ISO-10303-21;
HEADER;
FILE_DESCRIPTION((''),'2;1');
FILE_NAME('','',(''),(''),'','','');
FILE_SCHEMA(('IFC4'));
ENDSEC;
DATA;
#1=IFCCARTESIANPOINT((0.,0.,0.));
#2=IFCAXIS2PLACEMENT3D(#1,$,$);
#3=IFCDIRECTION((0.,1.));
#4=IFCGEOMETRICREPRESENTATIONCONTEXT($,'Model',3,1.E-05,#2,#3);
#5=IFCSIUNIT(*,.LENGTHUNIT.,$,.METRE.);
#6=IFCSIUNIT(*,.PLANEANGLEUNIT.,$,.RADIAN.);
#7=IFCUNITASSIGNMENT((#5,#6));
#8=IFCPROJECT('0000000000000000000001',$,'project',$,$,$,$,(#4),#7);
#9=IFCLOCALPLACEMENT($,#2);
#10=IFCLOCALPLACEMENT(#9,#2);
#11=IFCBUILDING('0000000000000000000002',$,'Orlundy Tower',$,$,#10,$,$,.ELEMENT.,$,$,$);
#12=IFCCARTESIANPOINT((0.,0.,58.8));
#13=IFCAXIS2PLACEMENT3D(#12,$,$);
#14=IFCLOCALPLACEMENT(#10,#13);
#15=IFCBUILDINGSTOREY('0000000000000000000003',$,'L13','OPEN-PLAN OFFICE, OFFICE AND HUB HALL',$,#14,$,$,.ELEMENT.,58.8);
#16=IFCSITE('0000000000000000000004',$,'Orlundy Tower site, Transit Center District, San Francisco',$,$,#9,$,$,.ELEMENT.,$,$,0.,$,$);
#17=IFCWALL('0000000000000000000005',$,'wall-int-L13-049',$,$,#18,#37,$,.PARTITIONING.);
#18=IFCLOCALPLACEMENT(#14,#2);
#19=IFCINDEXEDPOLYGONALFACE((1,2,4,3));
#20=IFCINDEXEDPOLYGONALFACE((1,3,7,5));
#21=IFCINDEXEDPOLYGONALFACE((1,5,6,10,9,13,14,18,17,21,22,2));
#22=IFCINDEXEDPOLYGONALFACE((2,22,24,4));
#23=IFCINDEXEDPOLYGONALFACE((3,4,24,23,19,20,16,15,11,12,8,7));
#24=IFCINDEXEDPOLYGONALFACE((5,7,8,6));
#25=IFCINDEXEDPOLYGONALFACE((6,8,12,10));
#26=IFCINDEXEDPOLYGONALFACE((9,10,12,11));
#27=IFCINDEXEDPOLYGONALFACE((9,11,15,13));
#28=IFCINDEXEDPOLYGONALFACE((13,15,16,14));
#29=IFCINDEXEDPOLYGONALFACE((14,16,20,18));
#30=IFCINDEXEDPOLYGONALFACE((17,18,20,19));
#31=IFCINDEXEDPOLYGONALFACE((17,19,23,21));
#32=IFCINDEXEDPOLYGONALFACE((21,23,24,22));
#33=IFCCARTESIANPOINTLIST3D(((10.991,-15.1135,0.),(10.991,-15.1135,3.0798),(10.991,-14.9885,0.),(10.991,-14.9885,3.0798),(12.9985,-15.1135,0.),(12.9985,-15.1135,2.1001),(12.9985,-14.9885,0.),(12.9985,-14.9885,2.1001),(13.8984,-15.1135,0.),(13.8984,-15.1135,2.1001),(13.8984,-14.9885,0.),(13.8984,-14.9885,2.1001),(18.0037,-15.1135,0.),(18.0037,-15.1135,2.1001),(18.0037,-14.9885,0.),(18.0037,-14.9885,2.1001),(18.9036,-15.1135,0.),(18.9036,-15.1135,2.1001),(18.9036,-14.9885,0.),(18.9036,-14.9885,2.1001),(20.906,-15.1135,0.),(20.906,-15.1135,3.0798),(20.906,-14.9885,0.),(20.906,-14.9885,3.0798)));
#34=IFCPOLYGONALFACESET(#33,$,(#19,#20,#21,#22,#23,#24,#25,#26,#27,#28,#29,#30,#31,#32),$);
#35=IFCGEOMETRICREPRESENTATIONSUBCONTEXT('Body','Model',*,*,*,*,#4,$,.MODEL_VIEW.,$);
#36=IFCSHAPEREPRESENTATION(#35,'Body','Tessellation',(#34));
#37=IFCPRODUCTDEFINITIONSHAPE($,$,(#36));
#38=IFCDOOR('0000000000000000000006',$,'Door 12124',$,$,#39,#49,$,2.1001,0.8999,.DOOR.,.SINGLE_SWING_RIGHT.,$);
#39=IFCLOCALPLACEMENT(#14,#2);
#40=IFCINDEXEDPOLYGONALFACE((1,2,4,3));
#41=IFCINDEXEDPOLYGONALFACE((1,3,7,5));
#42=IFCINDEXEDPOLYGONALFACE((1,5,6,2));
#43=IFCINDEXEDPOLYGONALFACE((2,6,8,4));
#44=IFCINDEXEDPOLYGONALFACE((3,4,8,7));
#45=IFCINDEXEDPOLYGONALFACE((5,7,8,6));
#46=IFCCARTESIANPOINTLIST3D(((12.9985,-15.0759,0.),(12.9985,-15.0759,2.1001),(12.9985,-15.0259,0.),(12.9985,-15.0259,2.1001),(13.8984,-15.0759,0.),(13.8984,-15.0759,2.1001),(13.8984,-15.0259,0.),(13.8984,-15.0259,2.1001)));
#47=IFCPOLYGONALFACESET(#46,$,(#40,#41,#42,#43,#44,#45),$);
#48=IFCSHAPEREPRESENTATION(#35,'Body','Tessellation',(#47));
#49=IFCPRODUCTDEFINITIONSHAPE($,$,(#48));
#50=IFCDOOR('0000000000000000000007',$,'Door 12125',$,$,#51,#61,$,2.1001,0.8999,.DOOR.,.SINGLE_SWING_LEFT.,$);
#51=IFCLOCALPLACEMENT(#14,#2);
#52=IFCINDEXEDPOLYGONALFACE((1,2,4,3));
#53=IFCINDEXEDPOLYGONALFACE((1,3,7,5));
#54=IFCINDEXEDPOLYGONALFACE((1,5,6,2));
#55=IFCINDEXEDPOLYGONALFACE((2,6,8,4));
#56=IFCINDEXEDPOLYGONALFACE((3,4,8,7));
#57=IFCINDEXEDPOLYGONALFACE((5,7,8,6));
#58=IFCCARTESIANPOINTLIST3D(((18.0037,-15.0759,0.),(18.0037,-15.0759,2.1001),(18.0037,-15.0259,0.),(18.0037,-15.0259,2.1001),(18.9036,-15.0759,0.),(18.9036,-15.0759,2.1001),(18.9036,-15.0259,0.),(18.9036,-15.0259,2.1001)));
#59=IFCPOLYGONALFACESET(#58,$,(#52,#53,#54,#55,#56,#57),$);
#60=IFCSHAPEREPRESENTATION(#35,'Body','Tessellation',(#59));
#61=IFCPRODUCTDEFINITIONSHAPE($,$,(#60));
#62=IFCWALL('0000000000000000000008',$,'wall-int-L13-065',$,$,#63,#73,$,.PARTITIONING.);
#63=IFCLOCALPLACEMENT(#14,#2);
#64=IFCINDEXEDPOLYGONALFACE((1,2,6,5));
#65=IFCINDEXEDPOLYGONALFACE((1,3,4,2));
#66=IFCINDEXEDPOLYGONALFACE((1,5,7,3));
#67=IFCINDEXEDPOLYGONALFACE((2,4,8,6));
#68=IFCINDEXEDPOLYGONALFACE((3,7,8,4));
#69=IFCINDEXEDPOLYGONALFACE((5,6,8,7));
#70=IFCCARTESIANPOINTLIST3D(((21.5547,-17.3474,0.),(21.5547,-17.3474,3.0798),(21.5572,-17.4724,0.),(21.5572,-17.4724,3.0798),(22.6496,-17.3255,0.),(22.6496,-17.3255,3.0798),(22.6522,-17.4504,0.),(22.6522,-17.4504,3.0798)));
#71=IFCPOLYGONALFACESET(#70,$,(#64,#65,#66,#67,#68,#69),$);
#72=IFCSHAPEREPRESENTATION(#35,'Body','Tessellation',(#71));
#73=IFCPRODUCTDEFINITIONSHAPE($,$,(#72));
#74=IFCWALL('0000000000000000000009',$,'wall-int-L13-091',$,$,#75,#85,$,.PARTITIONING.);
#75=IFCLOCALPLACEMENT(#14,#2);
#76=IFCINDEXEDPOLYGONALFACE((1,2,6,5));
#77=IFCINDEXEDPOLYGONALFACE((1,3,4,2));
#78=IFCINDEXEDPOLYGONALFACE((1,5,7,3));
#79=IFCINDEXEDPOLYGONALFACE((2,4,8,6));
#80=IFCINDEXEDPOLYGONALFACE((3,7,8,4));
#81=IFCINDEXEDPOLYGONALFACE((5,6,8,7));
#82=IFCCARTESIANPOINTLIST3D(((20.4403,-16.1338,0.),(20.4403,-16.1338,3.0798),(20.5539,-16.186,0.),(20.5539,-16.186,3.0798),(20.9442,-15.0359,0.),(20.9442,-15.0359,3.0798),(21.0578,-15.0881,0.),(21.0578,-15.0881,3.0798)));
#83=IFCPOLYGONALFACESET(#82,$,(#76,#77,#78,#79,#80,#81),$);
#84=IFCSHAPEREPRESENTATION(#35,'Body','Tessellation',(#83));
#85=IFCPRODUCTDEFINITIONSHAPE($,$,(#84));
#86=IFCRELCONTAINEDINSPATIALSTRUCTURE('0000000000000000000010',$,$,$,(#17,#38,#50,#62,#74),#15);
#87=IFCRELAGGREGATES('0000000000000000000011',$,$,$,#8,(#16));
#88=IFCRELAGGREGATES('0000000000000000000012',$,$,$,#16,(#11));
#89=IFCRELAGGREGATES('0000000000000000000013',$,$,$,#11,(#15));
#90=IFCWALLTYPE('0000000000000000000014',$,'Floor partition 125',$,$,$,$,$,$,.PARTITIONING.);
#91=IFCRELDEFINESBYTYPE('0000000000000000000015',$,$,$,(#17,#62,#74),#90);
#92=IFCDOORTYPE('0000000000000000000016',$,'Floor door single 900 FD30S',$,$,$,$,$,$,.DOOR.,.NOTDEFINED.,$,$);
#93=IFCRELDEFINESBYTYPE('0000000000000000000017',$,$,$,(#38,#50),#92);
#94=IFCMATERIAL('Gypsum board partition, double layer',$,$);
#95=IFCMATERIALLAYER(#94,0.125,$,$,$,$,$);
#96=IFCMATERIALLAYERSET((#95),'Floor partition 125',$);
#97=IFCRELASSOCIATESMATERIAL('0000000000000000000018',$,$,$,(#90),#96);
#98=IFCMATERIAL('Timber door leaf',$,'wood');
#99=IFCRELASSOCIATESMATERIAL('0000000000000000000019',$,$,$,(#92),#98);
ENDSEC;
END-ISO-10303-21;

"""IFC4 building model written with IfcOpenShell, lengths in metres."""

from ifc_helpers import new_model, si_unit, direction, frame, frame_2d, origin, place, context, subcontext, project, spatial, rectangle, extrude, material, layer, layer_set, type_object, element, fill, save


model = new_model("IFC4")

# Units and contexts
model_context = context("Model", 3, precision=1e-05, world=origin(), true_north=direction((0.0, 1.0)))
body_context = subcontext(model_context, "Body", "Model", "MODEL_VIEW")
ifc_project = project(units=[si_unit("LENGTHUNIT", "METRE"), si_unit("PLANEANGLEUNIT", "RADIAN")], contexts=[model_context])

# Site, building, storey
site_placement = place(None, origin())
site = spatial("IfcSite", under=ifc_project, at=site_placement, Name="Orlundy Tower site, Transit Center District, San Francisco", CompositionType="ELEMENT", RefElevation=0.0)
building_placement = place(site_placement, origin())
building = spatial("IfcBuilding", under=site, at=building_placement, Name="Orlundy Tower", CompositionType="ELEMENT")
storey_placement = place(building_placement, frame((0.0, 0.0, 58.8)))
storey = spatial("IfcBuildingStorey", under=building, at=storey_placement, Name="L13", Description="OPEN-PLAN OFFICE, OFFICE AND HUB HALL", CompositionType="ELEMENT", Elevation=58.8)

# Shared definitions
ifc_material_1 = material(Name="Gypsum board partition, double layer")
ifc_layer_1 = layer(ifc_material_1, 0.125)
ifc_layer_set_1 = layer_set([ifc_layer_1], Name="Floor partition 125")
wall_type_1 = type_object("IfcWallType", Name="Floor partition 125", PredefinedType="PARTITIONING", material=ifc_layer_set_1)

# Wall, openings, doors
wall_1_placement = place(storey_placement, frame((20.906, -15.051, 0.0), z_axis=(0.0, 0.0, 1.0), x_axis=(-1.0, 0.0, 0.0)))
wall_1 = element("IfcWall", 1, at=wall_1_placement, inside=storey, type_object=wall_type_1, Name="wall-int-L13-049", PredefinedType="PARTITIONING", context=body_context, shape_type="SweptSolid", body=[
    extrude(rectangle(XDim=9.915, YDim=0.125, at=frame_2d((4.9575, 0.0))), origin(), (0.0, 0.0, 1.0), 3.0798),
])
opening_1_placement = place(wall_1_placement, frame((7.0076, 0.0, 0.0)))
opening_1 = element("IfcOpeningElement", 2, at=opening_1_placement, cuts=wall_1, PredefinedType="OPENING", context=body_context, shape_type="SweptSolid", body=[
    extrude(rectangle(XDim=0.8999, YDim=2.1001, at=frame_2d((0.45, 1.05))), frame((0.0, 0.0725, 0.0), z_axis=(0.0, -1.0, 0.0), x_axis=(1.0, 0.0, 0.0)), (0.0, 0.0, 1.0), 0.145),
])
opening_2_placement = place(wall_1_placement, frame((2.0024, 0.0, 0.0)))
opening_2 = element("IfcOpeningElement", 3, at=opening_2_placement, cuts=wall_1, PredefinedType="OPENING", context=body_context, shape_type="SweptSolid", body=[
    extrude(rectangle(XDim=0.8999, YDim=2.1001, at=frame_2d((0.45, 1.05))), frame((0.0, 0.0725, 0.0), z_axis=(0.0, -1.0, 0.0), x_axis=(1.0, 0.0, 0.0)), (0.0, 0.0, 1.0), 0.145),
])
ifc_material_2 = material(Name="Timber door leaf", Category="wood")
door_type_1 = type_object("IfcDoorType", Name="Floor door single 900 FD30S", OperationType="NOTDEFINED", PredefinedType="DOOR", material=ifc_material_2)
door_1_placement = place(opening_1_placement, origin())
door_1 = element("IfcDoor", 4, at=door_1_placement, inside=storey, type_object=door_type_1, Name="Door 12124", OperationType="SINGLE_SWING_RIGHT", OverallHeight=2.1001, OverallWidth=0.8999, PredefinedType="DOOR", context=body_context, shape_type="SweptSolid", body=[
    extrude(rectangle(XDim=0.8999, YDim=2.1001, at=frame_2d((0.45, 1.05))), frame((0.0, 0.0249, 0.0), z_axis=(0.0, -1.0, 0.0), x_axis=(1.0, 0.0, 0.0)), (0.0, 0.0, 1.0), 0.05),
])
fill(opening_1, door_1)
door_2_placement = place(opening_2_placement, origin())
door_2 = element("IfcDoor", 5, at=door_2_placement, inside=storey, type_object=door_type_1, Name="Door 12125", OperationType="SINGLE_SWING_LEFT", OverallHeight=2.1001, OverallWidth=0.8999, PredefinedType="DOOR", context=body_context, shape_type="SweptSolid", body=[
    extrude(rectangle(XDim=0.8999, YDim=2.1001, at=frame_2d((0.45, 1.05))), frame((0.0, 0.0249, 0.0), z_axis=(0.0, -1.0, 0.0), x_axis=(1.0, 0.0, 0.0)), (0.0, 0.0, 1.0), 0.05),
])
fill(opening_2, door_2)

# Walls
wall_2_placement = place(storey_placement, frame((21.5559, -17.4099, 0.0), z_axis=(0.0, 0.0, 1.0), x_axis=(0.999799, 0.020063, 0.0)))
element("IfcWall", 6, at=wall_2_placement, inside=storey, type_object=wall_type_1, Name="wall-int-L13-065", PredefinedType="PARTITIONING", context=body_context, shape_type="SweptSolid", body=[
    extrude(rectangle(XDim=1.0952, YDim=0.125, at=frame_2d((0.5476, 0.0))), origin(), (0.0, 0.0, 1.0), 3.0798),
])
wall_3_placement = place(storey_placement, frame((20.4971, -16.1599, 0.0), z_axis=(0.0, 0.0, 1.0), x_axis=(0.417135, 0.908845, 0.0)))
element("IfcWall", 7, at=wall_3_placement, inside=storey, type_object=wall_type_1, Name="wall-int-L13-091", PredefinedType="PARTITIONING", context=body_context, shape_type="SweptSolid", body=[
    extrude(rectangle(XDim=1.208, YDim=0.125, at=frame_2d((0.604, 0.0))), origin(), (0.0, 0.0, 1.0), 3.0798),
])

save(model, "model.ifc")
